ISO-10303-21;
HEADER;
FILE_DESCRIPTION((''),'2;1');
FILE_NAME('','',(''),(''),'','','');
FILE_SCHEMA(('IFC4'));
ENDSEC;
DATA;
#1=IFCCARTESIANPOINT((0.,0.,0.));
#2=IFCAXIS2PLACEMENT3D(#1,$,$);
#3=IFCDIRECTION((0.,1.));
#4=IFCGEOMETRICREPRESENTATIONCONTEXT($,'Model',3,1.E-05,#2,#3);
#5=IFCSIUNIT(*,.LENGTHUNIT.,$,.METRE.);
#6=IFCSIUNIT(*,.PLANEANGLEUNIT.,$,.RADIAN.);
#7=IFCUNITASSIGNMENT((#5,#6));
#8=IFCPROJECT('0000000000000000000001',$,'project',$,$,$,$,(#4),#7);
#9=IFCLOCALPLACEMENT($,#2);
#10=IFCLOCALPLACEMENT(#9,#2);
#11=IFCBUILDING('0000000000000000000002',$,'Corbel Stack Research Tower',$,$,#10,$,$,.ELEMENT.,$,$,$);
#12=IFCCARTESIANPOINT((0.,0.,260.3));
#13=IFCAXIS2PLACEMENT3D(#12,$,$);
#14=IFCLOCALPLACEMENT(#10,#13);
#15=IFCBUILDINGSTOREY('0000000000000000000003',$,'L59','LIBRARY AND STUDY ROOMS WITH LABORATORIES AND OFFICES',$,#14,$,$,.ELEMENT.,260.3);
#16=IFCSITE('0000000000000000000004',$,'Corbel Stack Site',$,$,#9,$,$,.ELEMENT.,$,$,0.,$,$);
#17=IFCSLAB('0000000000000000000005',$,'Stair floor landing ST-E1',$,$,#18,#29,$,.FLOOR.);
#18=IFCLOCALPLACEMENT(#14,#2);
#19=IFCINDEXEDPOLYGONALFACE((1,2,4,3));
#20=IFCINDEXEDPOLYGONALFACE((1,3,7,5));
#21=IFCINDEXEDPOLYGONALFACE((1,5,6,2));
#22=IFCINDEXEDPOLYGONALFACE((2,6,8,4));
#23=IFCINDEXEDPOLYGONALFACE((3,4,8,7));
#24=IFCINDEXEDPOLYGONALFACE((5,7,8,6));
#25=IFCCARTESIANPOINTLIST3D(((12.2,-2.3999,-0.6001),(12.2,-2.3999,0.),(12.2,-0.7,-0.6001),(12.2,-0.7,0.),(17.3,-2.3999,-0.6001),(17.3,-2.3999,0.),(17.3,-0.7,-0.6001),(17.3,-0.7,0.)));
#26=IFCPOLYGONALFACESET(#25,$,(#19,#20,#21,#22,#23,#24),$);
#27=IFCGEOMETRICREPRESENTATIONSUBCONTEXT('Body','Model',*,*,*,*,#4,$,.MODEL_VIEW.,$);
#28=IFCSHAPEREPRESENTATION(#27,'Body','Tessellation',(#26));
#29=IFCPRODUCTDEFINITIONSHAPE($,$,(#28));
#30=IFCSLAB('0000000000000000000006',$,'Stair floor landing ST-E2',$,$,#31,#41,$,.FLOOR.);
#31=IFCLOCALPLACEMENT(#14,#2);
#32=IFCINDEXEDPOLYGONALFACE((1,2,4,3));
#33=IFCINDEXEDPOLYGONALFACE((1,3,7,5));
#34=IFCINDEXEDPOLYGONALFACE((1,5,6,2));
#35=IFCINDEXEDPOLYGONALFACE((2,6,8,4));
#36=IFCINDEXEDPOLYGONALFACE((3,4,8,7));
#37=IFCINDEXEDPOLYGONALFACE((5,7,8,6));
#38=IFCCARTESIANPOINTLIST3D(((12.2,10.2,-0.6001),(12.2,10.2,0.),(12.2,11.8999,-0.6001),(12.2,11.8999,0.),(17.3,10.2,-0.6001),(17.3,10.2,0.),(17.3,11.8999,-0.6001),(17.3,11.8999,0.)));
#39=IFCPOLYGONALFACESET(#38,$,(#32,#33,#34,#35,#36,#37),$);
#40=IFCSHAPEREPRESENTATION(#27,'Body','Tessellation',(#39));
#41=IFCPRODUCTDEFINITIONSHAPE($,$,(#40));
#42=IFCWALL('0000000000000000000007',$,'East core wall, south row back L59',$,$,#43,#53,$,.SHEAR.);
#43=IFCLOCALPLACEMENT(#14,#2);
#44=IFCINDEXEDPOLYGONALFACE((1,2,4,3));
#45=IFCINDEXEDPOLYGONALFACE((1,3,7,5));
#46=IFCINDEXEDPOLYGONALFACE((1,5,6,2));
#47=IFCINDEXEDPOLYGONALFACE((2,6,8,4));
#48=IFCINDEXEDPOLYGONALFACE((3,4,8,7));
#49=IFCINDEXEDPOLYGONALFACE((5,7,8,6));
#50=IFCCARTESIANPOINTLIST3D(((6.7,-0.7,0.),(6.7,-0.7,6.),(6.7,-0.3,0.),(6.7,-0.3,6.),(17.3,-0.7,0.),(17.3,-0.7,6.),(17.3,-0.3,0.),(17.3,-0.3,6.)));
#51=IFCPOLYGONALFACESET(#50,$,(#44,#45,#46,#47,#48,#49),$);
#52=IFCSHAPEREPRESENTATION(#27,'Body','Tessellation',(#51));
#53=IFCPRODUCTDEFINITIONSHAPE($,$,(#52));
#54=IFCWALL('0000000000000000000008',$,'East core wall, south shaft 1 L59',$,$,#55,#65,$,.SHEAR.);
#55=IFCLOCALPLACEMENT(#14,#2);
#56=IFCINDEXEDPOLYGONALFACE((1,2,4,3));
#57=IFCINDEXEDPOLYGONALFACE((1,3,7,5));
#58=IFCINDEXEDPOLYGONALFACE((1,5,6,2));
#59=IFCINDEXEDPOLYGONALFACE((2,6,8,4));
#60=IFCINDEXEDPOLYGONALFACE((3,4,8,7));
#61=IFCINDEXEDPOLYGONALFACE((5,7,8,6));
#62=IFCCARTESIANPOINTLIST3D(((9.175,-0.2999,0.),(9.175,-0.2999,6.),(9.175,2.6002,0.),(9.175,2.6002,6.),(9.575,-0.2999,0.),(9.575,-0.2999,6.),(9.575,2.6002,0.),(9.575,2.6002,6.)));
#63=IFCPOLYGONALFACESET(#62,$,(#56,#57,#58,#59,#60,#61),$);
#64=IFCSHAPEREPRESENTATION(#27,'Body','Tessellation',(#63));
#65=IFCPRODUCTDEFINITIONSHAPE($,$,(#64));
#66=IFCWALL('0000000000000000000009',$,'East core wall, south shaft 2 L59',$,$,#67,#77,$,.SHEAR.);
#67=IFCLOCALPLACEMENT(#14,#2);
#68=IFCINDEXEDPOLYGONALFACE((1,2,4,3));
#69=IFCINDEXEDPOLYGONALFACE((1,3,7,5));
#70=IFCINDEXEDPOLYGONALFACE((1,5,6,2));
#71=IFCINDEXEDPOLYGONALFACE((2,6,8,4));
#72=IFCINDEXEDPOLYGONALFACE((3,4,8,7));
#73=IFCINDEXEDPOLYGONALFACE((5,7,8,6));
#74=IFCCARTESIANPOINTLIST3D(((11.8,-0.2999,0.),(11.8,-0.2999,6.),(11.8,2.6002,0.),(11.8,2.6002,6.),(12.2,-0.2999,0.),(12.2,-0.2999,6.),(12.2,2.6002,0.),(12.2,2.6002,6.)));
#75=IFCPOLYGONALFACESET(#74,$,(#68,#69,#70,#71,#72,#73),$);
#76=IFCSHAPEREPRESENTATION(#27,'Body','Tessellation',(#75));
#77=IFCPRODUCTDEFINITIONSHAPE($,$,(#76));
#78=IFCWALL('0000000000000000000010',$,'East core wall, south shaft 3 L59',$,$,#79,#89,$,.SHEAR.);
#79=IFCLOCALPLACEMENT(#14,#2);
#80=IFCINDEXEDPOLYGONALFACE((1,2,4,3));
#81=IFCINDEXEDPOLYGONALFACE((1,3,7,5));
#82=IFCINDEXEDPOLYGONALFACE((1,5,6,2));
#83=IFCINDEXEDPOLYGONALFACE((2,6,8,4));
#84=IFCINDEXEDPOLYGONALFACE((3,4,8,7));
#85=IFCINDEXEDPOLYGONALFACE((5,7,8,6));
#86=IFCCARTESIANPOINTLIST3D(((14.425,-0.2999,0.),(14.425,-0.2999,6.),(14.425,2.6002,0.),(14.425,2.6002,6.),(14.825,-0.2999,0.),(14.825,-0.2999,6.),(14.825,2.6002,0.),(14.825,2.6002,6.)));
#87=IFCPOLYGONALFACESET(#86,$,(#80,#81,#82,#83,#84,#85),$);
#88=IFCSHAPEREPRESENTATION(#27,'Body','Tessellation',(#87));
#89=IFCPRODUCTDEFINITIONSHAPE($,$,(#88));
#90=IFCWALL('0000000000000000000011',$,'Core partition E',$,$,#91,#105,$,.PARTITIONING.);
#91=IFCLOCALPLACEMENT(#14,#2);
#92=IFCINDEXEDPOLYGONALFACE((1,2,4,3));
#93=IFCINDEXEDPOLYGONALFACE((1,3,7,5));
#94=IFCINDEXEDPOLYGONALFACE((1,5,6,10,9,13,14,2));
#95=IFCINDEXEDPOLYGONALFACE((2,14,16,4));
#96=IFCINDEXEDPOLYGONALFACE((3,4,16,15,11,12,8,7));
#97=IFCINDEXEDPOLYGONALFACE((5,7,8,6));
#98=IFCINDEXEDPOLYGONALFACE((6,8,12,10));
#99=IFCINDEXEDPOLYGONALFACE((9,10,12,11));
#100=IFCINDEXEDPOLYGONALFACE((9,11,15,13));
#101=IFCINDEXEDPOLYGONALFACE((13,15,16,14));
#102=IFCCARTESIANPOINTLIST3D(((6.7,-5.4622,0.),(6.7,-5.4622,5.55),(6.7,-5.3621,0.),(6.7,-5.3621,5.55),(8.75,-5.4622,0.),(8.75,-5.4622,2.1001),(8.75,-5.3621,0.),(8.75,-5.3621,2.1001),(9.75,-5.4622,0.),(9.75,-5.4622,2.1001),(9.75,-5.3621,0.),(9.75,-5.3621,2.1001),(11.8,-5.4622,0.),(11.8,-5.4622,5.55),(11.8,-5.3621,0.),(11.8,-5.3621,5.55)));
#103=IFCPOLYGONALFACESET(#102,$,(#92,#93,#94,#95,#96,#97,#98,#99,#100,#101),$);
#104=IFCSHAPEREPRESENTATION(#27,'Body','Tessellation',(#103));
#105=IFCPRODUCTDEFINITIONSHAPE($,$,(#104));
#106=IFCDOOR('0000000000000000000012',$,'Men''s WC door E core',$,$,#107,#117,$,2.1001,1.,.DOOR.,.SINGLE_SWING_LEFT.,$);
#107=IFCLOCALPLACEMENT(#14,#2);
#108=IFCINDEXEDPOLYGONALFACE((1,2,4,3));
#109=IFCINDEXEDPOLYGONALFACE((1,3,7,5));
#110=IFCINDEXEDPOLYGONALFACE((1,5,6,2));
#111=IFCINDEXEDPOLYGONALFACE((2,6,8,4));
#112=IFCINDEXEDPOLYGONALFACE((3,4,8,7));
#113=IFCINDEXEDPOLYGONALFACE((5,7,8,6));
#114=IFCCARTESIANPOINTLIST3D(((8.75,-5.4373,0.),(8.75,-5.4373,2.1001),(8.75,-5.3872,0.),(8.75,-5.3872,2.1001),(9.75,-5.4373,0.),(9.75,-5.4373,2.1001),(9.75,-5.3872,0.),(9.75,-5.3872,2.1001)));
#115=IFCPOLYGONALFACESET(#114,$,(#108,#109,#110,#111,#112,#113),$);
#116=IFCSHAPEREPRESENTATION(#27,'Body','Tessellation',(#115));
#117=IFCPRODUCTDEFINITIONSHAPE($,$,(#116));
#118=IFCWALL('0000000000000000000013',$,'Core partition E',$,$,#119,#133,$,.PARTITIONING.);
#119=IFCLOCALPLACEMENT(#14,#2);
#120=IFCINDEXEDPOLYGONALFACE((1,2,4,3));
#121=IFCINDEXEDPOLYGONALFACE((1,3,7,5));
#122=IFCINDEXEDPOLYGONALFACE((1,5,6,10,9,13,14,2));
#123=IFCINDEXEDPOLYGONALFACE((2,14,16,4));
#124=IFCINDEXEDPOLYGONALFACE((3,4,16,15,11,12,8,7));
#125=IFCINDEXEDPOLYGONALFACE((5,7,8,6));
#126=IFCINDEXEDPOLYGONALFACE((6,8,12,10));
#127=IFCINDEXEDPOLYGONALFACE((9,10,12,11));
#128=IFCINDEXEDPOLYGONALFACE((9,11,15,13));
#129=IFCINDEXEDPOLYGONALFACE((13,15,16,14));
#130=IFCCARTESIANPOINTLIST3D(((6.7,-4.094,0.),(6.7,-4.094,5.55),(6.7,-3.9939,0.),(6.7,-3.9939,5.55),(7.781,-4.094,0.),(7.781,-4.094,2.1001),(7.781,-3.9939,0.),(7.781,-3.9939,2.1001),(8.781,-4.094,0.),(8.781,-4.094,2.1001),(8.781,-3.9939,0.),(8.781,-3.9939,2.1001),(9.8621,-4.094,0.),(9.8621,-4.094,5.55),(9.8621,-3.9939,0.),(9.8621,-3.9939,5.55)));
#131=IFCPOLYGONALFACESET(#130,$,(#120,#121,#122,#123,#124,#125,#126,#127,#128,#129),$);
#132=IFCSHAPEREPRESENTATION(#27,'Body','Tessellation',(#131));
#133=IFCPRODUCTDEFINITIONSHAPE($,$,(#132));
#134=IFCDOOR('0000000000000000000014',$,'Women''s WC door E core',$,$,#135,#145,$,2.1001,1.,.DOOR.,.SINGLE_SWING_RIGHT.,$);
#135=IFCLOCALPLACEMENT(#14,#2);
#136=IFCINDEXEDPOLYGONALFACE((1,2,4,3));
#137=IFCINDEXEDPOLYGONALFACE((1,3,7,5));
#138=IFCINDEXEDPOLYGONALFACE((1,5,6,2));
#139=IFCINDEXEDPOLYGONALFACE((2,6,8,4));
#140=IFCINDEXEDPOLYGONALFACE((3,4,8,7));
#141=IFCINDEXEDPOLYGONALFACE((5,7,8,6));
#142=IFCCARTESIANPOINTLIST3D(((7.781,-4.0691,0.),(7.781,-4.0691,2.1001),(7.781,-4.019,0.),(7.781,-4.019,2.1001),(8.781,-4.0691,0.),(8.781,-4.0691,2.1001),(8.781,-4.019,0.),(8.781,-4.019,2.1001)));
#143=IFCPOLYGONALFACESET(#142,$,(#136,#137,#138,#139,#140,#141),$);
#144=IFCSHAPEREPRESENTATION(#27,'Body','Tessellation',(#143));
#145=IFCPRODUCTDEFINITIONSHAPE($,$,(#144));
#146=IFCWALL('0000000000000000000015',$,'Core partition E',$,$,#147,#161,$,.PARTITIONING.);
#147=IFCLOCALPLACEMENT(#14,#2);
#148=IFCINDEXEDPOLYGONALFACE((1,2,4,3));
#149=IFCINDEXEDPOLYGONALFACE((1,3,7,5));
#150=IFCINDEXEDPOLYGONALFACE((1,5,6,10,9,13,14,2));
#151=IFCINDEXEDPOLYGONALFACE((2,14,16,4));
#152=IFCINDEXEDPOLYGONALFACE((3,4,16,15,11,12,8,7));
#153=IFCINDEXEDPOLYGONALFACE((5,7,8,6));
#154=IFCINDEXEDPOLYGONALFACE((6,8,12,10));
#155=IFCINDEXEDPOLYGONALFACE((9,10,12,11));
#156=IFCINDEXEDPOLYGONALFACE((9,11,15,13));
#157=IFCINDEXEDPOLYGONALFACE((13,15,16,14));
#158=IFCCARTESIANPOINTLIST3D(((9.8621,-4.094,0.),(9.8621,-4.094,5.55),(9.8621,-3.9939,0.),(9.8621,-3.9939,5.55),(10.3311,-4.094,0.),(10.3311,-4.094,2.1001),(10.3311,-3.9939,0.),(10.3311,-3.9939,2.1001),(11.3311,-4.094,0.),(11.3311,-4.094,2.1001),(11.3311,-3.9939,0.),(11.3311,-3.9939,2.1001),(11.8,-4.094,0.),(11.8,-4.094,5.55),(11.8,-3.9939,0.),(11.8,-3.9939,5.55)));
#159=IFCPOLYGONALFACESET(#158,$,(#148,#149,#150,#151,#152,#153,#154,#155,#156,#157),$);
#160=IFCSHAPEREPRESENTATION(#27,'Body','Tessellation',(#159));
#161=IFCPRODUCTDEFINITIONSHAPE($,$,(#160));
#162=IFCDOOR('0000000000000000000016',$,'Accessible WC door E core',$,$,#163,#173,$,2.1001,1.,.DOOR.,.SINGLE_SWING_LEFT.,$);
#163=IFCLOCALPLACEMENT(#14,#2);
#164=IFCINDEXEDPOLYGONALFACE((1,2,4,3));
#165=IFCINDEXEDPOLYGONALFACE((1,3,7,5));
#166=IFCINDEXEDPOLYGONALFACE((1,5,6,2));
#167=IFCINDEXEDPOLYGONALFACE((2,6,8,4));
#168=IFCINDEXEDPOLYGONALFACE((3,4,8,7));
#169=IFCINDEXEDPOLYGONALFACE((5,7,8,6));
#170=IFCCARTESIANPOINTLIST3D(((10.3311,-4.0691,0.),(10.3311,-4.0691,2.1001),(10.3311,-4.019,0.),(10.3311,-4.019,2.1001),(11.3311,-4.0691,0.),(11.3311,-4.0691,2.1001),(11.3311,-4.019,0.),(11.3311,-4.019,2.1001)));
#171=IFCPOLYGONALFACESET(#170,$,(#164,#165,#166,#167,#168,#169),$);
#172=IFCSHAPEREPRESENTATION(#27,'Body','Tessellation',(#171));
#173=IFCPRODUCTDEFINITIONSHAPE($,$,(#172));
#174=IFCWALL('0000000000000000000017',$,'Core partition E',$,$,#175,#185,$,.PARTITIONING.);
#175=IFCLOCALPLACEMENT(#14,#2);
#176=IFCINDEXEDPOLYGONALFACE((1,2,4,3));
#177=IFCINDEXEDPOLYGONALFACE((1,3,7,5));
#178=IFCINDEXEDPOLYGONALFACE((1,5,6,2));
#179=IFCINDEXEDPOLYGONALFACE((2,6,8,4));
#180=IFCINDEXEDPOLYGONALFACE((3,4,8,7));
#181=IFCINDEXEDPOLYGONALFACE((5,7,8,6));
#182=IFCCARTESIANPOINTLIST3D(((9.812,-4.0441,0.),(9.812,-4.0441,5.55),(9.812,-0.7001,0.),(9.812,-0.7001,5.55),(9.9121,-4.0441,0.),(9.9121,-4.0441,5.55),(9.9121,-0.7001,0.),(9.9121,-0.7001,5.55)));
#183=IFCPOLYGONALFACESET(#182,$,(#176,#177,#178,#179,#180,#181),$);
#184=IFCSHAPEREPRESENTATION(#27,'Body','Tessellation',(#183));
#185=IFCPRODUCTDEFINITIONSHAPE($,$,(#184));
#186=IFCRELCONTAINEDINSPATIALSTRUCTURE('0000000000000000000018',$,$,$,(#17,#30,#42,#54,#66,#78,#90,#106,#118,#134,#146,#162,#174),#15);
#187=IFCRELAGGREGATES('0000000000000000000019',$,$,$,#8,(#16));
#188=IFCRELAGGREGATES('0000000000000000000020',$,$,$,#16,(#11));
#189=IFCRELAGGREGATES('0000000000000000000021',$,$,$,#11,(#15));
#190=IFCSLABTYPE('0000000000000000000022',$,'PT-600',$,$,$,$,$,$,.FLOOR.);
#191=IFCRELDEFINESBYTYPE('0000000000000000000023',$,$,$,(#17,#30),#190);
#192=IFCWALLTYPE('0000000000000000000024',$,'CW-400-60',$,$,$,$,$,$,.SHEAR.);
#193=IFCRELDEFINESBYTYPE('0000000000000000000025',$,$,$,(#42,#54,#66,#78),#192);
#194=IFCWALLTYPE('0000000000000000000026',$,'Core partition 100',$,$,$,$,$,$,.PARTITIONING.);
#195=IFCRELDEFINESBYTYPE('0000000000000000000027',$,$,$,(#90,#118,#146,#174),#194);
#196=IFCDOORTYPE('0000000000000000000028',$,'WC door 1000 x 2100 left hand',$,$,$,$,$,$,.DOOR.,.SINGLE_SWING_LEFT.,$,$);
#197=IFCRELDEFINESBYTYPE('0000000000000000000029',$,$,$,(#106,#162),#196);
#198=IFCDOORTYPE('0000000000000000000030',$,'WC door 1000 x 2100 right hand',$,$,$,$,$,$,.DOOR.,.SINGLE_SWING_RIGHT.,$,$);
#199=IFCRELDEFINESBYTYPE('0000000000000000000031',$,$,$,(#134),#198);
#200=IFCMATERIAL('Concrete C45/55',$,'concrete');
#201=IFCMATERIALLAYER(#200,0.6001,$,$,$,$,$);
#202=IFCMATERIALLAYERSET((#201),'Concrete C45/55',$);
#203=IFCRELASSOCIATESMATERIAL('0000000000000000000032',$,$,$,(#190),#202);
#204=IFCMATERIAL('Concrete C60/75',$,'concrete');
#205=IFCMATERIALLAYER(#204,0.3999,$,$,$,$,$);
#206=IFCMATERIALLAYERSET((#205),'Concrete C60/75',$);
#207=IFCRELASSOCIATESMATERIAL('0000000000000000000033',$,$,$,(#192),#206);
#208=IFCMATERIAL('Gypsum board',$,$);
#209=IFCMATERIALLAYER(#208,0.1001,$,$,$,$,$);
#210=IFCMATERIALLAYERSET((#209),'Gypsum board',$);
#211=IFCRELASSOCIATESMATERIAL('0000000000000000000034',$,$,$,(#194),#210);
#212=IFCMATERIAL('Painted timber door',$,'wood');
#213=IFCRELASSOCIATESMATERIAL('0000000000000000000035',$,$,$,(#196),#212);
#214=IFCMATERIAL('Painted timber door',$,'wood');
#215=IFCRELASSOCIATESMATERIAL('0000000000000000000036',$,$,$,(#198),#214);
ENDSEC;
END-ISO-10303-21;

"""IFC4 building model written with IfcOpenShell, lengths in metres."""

from ifc_helpers import new_model, si_unit, direction, frame, frame_2d, origin, place, context, subcontext, project, spatial, polyline, rectangle, outline, extrude, material, layer, layer_set, type_object, element, fill, save


model = new_model("IFC4")

# Units and contexts
model_context = context("Model", 3, precision=1e-05, world=origin(), true_north=direction((0.0, 1.0)))
body_context = subcontext(model_context, "Body", "Model", "MODEL_VIEW")
ifc_project = project(units=[si_unit("LENGTHUNIT", "METRE"), si_unit("PLANEANGLEUNIT", "RADIAN")], contexts=[model_context])

# Site, building, storey
site_placement = place(None, origin())
site = spatial("IfcSite", under=ifc_project, at=site_placement, Name="Corbel Stack Site", CompositionType="ELEMENT", RefElevation=0.0)
building_placement = place(site_placement, origin())
building = spatial("IfcBuilding", under=site, at=building_placement, Name="Corbel Stack Research Tower", CompositionType="ELEMENT")
storey_placement = place(building_placement, frame((0.0, 0.0, 260.3)))
storey = spatial("IfcBuildingStorey", under=building, at=storey_placement, Name="L59", Description="LIBRARY AND STUDY ROOMS WITH LABORATORIES AND OFFICES", CompositionType="ELEMENT", Elevation=260.3)

# Slabs
ifc_material_1 = material(Name="Concrete C45/55", Category="concrete")
ifc_layer_1 = layer(ifc_material_1, 0.6001)
ifc_layer_set_1 = layer_set([ifc_layer_1], Name="Concrete C45/55")
slab_type = type_object("IfcSlabType", Name="PT-600", PredefinedType="FLOOR", material=ifc_layer_set_1)
slab_1_placement = place(storey_placement, frame((0.0, 0.0, -0.6001)))
element("IfcSlab", 1, at=slab_1_placement, inside=storey, type_object=slab_type, Name="Stair floor landing ST-E1", PredefinedType="FLOOR", context=body_context, shape_type="SweptSolid", body=[
    extrude(outline(polyline([(12.2, -2.3999), (17.3, -2.3999), (17.3, -0.7), (12.2, -0.7), (12.2, -2.3999)])), origin(), (0.0, 0.0, 1.0), 0.6001),
])
slab_2_placement = place(storey_placement, frame((0.0, 0.0, -0.6001)))
element("IfcSlab", 2, at=slab_2_placement, inside=storey, type_object=slab_type, Name="Stair floor landing ST-E2", PredefinedType="FLOOR", context=body_context, shape_type="SweptSolid", body=[
    extrude(outline(polyline([(12.2, 10.2), (17.3, 10.2), (17.3, 11.8999), (12.2, 11.8999), (12.2, 10.2)])), origin(), (0.0, 0.0, 1.0), 0.6001),
])

# Walls
ifc_material_2 = material(Name="Concrete C60/75", Category="concrete")
ifc_layer_2 = layer(ifc_material_2, 0.3999)
ifc_layer_set_2 = layer_set([ifc_layer_2], Name="Concrete C60/75")
wall_type_1 = type_object("IfcWallType", Name="CW-400-60", PredefinedType="SHEAR", material=ifc_layer_set_2)
wall_1_placement = place(storey_placement, frame((6.7, -0.5, 0.0), z_axis=(0.0, 0.0, 1.0), x_axis=(1.0, 0.0, 0.0)))
element("IfcWall", 3, at=wall_1_placement, inside=storey, type_object=wall_type_1, Name="East core wall, south row back L59", PredefinedType="SHEAR", context=body_context, shape_type="SweptSolid", body=[
    extrude(rectangle(XDim=10.6001, YDim=0.3999, at=frame_2d((5.3, 0.0))), origin(), (0.0, 0.0, 1.0), 6.0),
])
for number, where, z_axis, x_axis, name in (
    (4, (9.375, -0.3, 0.0), (0.0, 0.0, 1.0), (0.0, 1.0, 0.0), "East core wall, south shaft 1 L59"),
    (5, (12.0, -0.3, 0.0), (0.0, 0.0, 1.0), (0.0, 1.0, 0.0), "East core wall, south shaft 2 L59"),
    (6, (14.625, -0.3, 0.0), (0.0, 0.0, 1.0), (0.0, 1.0, 0.0), "East core wall, south shaft 3 L59"),
):
    element("IfcWall", number, at=place(storey_placement, frame(where, z_axis=z_axis, x_axis=x_axis)), inside=storey, type_object=wall_type_1, Name=name, PredefinedType="SHEAR", context=body_context, shape_type="SweptSolid", body=[
        extrude(rectangle(XDim=2.9001, YDim=0.3999, at=frame_2d((1.4502, 0.0))), origin(), (0.0, 0.0, 1.0), 6.0),
    ])

# Walls, openings, doors
ifc_material_3 = material(Name="Gypsum board")
ifc_layer_3 = layer(ifc_material_3, 0.1001)
ifc_layer_set_3 = layer_set([ifc_layer_3], Name="Gypsum board")
wall_type_2 = type_object("IfcWallType", Name="Core partition 100", PredefinedType="PARTITIONING", material=ifc_layer_set_3)
wall_2_placement = place(storey_placement, frame((6.7, -5.4121, 0.0), z_axis=(0.0, 0.0, 1.0), x_axis=(1.0, 0.0, 0.0)))
wall_2 = element("IfcWall", 7, at=wall_2_placement, inside=storey, type_object=wall_type_2, Name="Core partition E", PredefinedType="PARTITIONING", context=body_context, shape_type="SweptSolid", body=[
    extrude(rectangle(XDim=5.1001, YDim=0.1001, at=frame_2d((2.55, 0.0))), origin(), (0.0, 0.0, 1.0), 5.55),
])
opening_1_placement = place(wall_2_placement, frame((2.05, 0.0, 0.0)))
opening_1 = element("IfcOpeningElement", 8, at=opening_1_placement, cuts=wall_2, PredefinedType="OPENING", context=body_context, shape_type="SweptSolid", body=[
    extrude(rectangle(XDim=1.0, YDim=2.1001, at=frame_2d((0.5, 1.05))), frame((0.0, 0.0601, 0.0), z_axis=(0.0, -1.0, 0.0), x_axis=(1.0, 0.0, 0.0)), (0.0, 0.0, 1.0), 0.1201),
])
ifc_material_4 = material(Name="Painted timber door", Category="wood")
door_type_1 = type_object("IfcDoorType", Name="WC door 1000 x 2100 left hand", OperationType="SINGLE_SWING_LEFT", PredefinedType="DOOR", material=ifc_material_4)
door_1_placement = place(opening_1_placement, origin())
door_1 = element("IfcDoor", 9, at=door_1_placement, inside=storey, type_object=door_type_1, Name="Men's WC door E core", OperationType="SINGLE_SWING_LEFT", OverallHeight=2.1001, OverallWidth=1.0, PredefinedType="DOOR", context=body_context, shape_type="SweptSolid", body=[
    extrude(rectangle(XDim=1.0, YDim=2.1001, at=frame_2d((0.5, 1.05))), frame((0.0, 0.0249, 0.0), z_axis=(0.0, -1.0, 0.0), x_axis=(1.0, 0.0, 0.0)), (0.0, 0.0, 1.0), 0.05),
])
fill(opening_1, door_1)
wall_3_placement = place(storey_placement, frame((6.7, -4.0439, 0.0), z_axis=(0.0, 0.0, 1.0), x_axis=(1.0, 0.0, 0.0)))
wall_3 = element("IfcWall", 10, at=wall_3_placement, inside=storey, type_object=wall_type_2, Name="Core partition E", PredefinedType="PARTITIONING", context=body_context, shape_type="SweptSolid", body=[
    extrude(rectangle(XDim=3.1621, YDim=0.1001, at=frame_2d((1.5811, 0.0))), origin(), (0.0, 0.0, 1.0), 5.55),
])
opening_2_placement = place(wall_3_placement, frame((1.0811, 0.0, 0.0)))
opening_2 = element("IfcOpeningElement", 11, at=opening_2_placement, cuts=wall_3, PredefinedType="OPENING", context=body_context, shape_type="SweptSolid", body=[
    extrude(rectangle(XDim=1.0, YDim=2.1001, at=frame_2d((0.5, 1.05))), frame((0.0, 0.0601, 0.0), z_axis=(0.0, -1.0, 0.0), x_axis=(1.0, 0.0, 0.0)), (0.0, 0.0, 1.0), 0.1201),
])
ifc_material_5 = material(Name="Painted timber door", Category="wood")
door_type_2 = type_object("IfcDoorType", Name="WC door 1000 x 2100 right hand", OperationType="SINGLE_SWING_RIGHT", PredefinedType="DOOR", material=ifc_material_5)
door_2_placement = place(opening_2_placement, origin())
door_2 = element("IfcDoor", 12, at=door_2_placement, inside=storey, type_object=door_type_2, Name="Women's WC door E core", OperationType="SINGLE_SWING_RIGHT", OverallHeight=2.1001, OverallWidth=1.0, PredefinedType="DOOR", context=body_context, shape_type="SweptSolid", body=[
    extrude(rectangle(XDim=1.0, YDim=2.1001, at=frame_2d((0.5, 1.05))), frame((0.0, 0.0249, 0.0), z_axis=(0.0, -1.0, 0.0), x_axis=(1.0, 0.0, 0.0)), (0.0, 0.0, 1.0), 0.05),
])
fill(opening_2, door_2)
wall_4_placement = place(storey_placement, frame((9.8621, -4.0439, 0.0), z_axis=(0.0, 0.0, 1.0), x_axis=(1.0, 0.0, 0.0)))
wall_4 = element("IfcWall", 13, at=wall_4_placement, inside=storey, type_object=wall_type_2, Name="Core partition E", PredefinedType="PARTITIONING", context=body_context, shape_type="SweptSolid", body=[
    extrude(rectangle(XDim=1.938, YDim=0.1001, at=frame_2d((0.969, 0.0))), origin(), (0.0, 0.0, 1.0), 5.55),
])
opening_3_placement = place(wall_4_placement, frame((0.469, 0.0, 0.0)))
opening_3 = element("IfcOpeningElement", 14, at=opening_3_placement, cuts=wall_4, PredefinedType="OPENING", context=body_context, shape_type="SweptSolid", body=[
    extrude(rectangle(XDim=1.0, YDim=2.1001, at=frame_2d((0.5, 1.05))), frame((0.0, 0.0601, 0.0), z_axis=(0.0, -1.0, 0.0), x_axis=(1.0, 0.0, 0.0)), (0.0, 0.0, 1.0), 0.1201),
])
door_3_placement = place(opening_3_placement, origin())
door_3 = element("IfcDoor", 15, at=door_3_placement, inside=storey, type_object=door_type_1, Name="Accessible WC door E core", OperationType="SINGLE_SWING_LEFT", OverallHeight=2.1001, OverallWidth=1.0, PredefinedType="DOOR", context=body_context, shape_type="SweptSolid", body=[
    extrude(rectangle(XDim=1.0, YDim=2.1001, at=frame_2d((0.5, 1.05))), frame((0.0, 0.0249, 0.0), z_axis=(0.0, -1.0, 0.0), x_axis=(1.0, 0.0, 0.0)), (0.0, 0.0, 1.0), 0.05),
])
fill(opening_3, door_3)

# Wall
wall_5_placement = place(storey_placement, frame((9.8621, -4.0439, 0.0), z_axis=(0.0, 0.0, 1.0), x_axis=(0.0, 1.0, 0.0)))
element("IfcWall", 16, at=wall_5_placement, inside=storey, type_object=wall_type_2, Name="Core partition E", PredefinedType="PARTITIONING", context=body_context, shape_type="SweptSolid", body=[
    extrude(rectangle(XDim=3.344, YDim=0.1001, at=frame_2d((1.6719, 0.0))), origin(), (0.0, 0.0, 1.0), 5.55),
])

save(model, "model.ifc")
